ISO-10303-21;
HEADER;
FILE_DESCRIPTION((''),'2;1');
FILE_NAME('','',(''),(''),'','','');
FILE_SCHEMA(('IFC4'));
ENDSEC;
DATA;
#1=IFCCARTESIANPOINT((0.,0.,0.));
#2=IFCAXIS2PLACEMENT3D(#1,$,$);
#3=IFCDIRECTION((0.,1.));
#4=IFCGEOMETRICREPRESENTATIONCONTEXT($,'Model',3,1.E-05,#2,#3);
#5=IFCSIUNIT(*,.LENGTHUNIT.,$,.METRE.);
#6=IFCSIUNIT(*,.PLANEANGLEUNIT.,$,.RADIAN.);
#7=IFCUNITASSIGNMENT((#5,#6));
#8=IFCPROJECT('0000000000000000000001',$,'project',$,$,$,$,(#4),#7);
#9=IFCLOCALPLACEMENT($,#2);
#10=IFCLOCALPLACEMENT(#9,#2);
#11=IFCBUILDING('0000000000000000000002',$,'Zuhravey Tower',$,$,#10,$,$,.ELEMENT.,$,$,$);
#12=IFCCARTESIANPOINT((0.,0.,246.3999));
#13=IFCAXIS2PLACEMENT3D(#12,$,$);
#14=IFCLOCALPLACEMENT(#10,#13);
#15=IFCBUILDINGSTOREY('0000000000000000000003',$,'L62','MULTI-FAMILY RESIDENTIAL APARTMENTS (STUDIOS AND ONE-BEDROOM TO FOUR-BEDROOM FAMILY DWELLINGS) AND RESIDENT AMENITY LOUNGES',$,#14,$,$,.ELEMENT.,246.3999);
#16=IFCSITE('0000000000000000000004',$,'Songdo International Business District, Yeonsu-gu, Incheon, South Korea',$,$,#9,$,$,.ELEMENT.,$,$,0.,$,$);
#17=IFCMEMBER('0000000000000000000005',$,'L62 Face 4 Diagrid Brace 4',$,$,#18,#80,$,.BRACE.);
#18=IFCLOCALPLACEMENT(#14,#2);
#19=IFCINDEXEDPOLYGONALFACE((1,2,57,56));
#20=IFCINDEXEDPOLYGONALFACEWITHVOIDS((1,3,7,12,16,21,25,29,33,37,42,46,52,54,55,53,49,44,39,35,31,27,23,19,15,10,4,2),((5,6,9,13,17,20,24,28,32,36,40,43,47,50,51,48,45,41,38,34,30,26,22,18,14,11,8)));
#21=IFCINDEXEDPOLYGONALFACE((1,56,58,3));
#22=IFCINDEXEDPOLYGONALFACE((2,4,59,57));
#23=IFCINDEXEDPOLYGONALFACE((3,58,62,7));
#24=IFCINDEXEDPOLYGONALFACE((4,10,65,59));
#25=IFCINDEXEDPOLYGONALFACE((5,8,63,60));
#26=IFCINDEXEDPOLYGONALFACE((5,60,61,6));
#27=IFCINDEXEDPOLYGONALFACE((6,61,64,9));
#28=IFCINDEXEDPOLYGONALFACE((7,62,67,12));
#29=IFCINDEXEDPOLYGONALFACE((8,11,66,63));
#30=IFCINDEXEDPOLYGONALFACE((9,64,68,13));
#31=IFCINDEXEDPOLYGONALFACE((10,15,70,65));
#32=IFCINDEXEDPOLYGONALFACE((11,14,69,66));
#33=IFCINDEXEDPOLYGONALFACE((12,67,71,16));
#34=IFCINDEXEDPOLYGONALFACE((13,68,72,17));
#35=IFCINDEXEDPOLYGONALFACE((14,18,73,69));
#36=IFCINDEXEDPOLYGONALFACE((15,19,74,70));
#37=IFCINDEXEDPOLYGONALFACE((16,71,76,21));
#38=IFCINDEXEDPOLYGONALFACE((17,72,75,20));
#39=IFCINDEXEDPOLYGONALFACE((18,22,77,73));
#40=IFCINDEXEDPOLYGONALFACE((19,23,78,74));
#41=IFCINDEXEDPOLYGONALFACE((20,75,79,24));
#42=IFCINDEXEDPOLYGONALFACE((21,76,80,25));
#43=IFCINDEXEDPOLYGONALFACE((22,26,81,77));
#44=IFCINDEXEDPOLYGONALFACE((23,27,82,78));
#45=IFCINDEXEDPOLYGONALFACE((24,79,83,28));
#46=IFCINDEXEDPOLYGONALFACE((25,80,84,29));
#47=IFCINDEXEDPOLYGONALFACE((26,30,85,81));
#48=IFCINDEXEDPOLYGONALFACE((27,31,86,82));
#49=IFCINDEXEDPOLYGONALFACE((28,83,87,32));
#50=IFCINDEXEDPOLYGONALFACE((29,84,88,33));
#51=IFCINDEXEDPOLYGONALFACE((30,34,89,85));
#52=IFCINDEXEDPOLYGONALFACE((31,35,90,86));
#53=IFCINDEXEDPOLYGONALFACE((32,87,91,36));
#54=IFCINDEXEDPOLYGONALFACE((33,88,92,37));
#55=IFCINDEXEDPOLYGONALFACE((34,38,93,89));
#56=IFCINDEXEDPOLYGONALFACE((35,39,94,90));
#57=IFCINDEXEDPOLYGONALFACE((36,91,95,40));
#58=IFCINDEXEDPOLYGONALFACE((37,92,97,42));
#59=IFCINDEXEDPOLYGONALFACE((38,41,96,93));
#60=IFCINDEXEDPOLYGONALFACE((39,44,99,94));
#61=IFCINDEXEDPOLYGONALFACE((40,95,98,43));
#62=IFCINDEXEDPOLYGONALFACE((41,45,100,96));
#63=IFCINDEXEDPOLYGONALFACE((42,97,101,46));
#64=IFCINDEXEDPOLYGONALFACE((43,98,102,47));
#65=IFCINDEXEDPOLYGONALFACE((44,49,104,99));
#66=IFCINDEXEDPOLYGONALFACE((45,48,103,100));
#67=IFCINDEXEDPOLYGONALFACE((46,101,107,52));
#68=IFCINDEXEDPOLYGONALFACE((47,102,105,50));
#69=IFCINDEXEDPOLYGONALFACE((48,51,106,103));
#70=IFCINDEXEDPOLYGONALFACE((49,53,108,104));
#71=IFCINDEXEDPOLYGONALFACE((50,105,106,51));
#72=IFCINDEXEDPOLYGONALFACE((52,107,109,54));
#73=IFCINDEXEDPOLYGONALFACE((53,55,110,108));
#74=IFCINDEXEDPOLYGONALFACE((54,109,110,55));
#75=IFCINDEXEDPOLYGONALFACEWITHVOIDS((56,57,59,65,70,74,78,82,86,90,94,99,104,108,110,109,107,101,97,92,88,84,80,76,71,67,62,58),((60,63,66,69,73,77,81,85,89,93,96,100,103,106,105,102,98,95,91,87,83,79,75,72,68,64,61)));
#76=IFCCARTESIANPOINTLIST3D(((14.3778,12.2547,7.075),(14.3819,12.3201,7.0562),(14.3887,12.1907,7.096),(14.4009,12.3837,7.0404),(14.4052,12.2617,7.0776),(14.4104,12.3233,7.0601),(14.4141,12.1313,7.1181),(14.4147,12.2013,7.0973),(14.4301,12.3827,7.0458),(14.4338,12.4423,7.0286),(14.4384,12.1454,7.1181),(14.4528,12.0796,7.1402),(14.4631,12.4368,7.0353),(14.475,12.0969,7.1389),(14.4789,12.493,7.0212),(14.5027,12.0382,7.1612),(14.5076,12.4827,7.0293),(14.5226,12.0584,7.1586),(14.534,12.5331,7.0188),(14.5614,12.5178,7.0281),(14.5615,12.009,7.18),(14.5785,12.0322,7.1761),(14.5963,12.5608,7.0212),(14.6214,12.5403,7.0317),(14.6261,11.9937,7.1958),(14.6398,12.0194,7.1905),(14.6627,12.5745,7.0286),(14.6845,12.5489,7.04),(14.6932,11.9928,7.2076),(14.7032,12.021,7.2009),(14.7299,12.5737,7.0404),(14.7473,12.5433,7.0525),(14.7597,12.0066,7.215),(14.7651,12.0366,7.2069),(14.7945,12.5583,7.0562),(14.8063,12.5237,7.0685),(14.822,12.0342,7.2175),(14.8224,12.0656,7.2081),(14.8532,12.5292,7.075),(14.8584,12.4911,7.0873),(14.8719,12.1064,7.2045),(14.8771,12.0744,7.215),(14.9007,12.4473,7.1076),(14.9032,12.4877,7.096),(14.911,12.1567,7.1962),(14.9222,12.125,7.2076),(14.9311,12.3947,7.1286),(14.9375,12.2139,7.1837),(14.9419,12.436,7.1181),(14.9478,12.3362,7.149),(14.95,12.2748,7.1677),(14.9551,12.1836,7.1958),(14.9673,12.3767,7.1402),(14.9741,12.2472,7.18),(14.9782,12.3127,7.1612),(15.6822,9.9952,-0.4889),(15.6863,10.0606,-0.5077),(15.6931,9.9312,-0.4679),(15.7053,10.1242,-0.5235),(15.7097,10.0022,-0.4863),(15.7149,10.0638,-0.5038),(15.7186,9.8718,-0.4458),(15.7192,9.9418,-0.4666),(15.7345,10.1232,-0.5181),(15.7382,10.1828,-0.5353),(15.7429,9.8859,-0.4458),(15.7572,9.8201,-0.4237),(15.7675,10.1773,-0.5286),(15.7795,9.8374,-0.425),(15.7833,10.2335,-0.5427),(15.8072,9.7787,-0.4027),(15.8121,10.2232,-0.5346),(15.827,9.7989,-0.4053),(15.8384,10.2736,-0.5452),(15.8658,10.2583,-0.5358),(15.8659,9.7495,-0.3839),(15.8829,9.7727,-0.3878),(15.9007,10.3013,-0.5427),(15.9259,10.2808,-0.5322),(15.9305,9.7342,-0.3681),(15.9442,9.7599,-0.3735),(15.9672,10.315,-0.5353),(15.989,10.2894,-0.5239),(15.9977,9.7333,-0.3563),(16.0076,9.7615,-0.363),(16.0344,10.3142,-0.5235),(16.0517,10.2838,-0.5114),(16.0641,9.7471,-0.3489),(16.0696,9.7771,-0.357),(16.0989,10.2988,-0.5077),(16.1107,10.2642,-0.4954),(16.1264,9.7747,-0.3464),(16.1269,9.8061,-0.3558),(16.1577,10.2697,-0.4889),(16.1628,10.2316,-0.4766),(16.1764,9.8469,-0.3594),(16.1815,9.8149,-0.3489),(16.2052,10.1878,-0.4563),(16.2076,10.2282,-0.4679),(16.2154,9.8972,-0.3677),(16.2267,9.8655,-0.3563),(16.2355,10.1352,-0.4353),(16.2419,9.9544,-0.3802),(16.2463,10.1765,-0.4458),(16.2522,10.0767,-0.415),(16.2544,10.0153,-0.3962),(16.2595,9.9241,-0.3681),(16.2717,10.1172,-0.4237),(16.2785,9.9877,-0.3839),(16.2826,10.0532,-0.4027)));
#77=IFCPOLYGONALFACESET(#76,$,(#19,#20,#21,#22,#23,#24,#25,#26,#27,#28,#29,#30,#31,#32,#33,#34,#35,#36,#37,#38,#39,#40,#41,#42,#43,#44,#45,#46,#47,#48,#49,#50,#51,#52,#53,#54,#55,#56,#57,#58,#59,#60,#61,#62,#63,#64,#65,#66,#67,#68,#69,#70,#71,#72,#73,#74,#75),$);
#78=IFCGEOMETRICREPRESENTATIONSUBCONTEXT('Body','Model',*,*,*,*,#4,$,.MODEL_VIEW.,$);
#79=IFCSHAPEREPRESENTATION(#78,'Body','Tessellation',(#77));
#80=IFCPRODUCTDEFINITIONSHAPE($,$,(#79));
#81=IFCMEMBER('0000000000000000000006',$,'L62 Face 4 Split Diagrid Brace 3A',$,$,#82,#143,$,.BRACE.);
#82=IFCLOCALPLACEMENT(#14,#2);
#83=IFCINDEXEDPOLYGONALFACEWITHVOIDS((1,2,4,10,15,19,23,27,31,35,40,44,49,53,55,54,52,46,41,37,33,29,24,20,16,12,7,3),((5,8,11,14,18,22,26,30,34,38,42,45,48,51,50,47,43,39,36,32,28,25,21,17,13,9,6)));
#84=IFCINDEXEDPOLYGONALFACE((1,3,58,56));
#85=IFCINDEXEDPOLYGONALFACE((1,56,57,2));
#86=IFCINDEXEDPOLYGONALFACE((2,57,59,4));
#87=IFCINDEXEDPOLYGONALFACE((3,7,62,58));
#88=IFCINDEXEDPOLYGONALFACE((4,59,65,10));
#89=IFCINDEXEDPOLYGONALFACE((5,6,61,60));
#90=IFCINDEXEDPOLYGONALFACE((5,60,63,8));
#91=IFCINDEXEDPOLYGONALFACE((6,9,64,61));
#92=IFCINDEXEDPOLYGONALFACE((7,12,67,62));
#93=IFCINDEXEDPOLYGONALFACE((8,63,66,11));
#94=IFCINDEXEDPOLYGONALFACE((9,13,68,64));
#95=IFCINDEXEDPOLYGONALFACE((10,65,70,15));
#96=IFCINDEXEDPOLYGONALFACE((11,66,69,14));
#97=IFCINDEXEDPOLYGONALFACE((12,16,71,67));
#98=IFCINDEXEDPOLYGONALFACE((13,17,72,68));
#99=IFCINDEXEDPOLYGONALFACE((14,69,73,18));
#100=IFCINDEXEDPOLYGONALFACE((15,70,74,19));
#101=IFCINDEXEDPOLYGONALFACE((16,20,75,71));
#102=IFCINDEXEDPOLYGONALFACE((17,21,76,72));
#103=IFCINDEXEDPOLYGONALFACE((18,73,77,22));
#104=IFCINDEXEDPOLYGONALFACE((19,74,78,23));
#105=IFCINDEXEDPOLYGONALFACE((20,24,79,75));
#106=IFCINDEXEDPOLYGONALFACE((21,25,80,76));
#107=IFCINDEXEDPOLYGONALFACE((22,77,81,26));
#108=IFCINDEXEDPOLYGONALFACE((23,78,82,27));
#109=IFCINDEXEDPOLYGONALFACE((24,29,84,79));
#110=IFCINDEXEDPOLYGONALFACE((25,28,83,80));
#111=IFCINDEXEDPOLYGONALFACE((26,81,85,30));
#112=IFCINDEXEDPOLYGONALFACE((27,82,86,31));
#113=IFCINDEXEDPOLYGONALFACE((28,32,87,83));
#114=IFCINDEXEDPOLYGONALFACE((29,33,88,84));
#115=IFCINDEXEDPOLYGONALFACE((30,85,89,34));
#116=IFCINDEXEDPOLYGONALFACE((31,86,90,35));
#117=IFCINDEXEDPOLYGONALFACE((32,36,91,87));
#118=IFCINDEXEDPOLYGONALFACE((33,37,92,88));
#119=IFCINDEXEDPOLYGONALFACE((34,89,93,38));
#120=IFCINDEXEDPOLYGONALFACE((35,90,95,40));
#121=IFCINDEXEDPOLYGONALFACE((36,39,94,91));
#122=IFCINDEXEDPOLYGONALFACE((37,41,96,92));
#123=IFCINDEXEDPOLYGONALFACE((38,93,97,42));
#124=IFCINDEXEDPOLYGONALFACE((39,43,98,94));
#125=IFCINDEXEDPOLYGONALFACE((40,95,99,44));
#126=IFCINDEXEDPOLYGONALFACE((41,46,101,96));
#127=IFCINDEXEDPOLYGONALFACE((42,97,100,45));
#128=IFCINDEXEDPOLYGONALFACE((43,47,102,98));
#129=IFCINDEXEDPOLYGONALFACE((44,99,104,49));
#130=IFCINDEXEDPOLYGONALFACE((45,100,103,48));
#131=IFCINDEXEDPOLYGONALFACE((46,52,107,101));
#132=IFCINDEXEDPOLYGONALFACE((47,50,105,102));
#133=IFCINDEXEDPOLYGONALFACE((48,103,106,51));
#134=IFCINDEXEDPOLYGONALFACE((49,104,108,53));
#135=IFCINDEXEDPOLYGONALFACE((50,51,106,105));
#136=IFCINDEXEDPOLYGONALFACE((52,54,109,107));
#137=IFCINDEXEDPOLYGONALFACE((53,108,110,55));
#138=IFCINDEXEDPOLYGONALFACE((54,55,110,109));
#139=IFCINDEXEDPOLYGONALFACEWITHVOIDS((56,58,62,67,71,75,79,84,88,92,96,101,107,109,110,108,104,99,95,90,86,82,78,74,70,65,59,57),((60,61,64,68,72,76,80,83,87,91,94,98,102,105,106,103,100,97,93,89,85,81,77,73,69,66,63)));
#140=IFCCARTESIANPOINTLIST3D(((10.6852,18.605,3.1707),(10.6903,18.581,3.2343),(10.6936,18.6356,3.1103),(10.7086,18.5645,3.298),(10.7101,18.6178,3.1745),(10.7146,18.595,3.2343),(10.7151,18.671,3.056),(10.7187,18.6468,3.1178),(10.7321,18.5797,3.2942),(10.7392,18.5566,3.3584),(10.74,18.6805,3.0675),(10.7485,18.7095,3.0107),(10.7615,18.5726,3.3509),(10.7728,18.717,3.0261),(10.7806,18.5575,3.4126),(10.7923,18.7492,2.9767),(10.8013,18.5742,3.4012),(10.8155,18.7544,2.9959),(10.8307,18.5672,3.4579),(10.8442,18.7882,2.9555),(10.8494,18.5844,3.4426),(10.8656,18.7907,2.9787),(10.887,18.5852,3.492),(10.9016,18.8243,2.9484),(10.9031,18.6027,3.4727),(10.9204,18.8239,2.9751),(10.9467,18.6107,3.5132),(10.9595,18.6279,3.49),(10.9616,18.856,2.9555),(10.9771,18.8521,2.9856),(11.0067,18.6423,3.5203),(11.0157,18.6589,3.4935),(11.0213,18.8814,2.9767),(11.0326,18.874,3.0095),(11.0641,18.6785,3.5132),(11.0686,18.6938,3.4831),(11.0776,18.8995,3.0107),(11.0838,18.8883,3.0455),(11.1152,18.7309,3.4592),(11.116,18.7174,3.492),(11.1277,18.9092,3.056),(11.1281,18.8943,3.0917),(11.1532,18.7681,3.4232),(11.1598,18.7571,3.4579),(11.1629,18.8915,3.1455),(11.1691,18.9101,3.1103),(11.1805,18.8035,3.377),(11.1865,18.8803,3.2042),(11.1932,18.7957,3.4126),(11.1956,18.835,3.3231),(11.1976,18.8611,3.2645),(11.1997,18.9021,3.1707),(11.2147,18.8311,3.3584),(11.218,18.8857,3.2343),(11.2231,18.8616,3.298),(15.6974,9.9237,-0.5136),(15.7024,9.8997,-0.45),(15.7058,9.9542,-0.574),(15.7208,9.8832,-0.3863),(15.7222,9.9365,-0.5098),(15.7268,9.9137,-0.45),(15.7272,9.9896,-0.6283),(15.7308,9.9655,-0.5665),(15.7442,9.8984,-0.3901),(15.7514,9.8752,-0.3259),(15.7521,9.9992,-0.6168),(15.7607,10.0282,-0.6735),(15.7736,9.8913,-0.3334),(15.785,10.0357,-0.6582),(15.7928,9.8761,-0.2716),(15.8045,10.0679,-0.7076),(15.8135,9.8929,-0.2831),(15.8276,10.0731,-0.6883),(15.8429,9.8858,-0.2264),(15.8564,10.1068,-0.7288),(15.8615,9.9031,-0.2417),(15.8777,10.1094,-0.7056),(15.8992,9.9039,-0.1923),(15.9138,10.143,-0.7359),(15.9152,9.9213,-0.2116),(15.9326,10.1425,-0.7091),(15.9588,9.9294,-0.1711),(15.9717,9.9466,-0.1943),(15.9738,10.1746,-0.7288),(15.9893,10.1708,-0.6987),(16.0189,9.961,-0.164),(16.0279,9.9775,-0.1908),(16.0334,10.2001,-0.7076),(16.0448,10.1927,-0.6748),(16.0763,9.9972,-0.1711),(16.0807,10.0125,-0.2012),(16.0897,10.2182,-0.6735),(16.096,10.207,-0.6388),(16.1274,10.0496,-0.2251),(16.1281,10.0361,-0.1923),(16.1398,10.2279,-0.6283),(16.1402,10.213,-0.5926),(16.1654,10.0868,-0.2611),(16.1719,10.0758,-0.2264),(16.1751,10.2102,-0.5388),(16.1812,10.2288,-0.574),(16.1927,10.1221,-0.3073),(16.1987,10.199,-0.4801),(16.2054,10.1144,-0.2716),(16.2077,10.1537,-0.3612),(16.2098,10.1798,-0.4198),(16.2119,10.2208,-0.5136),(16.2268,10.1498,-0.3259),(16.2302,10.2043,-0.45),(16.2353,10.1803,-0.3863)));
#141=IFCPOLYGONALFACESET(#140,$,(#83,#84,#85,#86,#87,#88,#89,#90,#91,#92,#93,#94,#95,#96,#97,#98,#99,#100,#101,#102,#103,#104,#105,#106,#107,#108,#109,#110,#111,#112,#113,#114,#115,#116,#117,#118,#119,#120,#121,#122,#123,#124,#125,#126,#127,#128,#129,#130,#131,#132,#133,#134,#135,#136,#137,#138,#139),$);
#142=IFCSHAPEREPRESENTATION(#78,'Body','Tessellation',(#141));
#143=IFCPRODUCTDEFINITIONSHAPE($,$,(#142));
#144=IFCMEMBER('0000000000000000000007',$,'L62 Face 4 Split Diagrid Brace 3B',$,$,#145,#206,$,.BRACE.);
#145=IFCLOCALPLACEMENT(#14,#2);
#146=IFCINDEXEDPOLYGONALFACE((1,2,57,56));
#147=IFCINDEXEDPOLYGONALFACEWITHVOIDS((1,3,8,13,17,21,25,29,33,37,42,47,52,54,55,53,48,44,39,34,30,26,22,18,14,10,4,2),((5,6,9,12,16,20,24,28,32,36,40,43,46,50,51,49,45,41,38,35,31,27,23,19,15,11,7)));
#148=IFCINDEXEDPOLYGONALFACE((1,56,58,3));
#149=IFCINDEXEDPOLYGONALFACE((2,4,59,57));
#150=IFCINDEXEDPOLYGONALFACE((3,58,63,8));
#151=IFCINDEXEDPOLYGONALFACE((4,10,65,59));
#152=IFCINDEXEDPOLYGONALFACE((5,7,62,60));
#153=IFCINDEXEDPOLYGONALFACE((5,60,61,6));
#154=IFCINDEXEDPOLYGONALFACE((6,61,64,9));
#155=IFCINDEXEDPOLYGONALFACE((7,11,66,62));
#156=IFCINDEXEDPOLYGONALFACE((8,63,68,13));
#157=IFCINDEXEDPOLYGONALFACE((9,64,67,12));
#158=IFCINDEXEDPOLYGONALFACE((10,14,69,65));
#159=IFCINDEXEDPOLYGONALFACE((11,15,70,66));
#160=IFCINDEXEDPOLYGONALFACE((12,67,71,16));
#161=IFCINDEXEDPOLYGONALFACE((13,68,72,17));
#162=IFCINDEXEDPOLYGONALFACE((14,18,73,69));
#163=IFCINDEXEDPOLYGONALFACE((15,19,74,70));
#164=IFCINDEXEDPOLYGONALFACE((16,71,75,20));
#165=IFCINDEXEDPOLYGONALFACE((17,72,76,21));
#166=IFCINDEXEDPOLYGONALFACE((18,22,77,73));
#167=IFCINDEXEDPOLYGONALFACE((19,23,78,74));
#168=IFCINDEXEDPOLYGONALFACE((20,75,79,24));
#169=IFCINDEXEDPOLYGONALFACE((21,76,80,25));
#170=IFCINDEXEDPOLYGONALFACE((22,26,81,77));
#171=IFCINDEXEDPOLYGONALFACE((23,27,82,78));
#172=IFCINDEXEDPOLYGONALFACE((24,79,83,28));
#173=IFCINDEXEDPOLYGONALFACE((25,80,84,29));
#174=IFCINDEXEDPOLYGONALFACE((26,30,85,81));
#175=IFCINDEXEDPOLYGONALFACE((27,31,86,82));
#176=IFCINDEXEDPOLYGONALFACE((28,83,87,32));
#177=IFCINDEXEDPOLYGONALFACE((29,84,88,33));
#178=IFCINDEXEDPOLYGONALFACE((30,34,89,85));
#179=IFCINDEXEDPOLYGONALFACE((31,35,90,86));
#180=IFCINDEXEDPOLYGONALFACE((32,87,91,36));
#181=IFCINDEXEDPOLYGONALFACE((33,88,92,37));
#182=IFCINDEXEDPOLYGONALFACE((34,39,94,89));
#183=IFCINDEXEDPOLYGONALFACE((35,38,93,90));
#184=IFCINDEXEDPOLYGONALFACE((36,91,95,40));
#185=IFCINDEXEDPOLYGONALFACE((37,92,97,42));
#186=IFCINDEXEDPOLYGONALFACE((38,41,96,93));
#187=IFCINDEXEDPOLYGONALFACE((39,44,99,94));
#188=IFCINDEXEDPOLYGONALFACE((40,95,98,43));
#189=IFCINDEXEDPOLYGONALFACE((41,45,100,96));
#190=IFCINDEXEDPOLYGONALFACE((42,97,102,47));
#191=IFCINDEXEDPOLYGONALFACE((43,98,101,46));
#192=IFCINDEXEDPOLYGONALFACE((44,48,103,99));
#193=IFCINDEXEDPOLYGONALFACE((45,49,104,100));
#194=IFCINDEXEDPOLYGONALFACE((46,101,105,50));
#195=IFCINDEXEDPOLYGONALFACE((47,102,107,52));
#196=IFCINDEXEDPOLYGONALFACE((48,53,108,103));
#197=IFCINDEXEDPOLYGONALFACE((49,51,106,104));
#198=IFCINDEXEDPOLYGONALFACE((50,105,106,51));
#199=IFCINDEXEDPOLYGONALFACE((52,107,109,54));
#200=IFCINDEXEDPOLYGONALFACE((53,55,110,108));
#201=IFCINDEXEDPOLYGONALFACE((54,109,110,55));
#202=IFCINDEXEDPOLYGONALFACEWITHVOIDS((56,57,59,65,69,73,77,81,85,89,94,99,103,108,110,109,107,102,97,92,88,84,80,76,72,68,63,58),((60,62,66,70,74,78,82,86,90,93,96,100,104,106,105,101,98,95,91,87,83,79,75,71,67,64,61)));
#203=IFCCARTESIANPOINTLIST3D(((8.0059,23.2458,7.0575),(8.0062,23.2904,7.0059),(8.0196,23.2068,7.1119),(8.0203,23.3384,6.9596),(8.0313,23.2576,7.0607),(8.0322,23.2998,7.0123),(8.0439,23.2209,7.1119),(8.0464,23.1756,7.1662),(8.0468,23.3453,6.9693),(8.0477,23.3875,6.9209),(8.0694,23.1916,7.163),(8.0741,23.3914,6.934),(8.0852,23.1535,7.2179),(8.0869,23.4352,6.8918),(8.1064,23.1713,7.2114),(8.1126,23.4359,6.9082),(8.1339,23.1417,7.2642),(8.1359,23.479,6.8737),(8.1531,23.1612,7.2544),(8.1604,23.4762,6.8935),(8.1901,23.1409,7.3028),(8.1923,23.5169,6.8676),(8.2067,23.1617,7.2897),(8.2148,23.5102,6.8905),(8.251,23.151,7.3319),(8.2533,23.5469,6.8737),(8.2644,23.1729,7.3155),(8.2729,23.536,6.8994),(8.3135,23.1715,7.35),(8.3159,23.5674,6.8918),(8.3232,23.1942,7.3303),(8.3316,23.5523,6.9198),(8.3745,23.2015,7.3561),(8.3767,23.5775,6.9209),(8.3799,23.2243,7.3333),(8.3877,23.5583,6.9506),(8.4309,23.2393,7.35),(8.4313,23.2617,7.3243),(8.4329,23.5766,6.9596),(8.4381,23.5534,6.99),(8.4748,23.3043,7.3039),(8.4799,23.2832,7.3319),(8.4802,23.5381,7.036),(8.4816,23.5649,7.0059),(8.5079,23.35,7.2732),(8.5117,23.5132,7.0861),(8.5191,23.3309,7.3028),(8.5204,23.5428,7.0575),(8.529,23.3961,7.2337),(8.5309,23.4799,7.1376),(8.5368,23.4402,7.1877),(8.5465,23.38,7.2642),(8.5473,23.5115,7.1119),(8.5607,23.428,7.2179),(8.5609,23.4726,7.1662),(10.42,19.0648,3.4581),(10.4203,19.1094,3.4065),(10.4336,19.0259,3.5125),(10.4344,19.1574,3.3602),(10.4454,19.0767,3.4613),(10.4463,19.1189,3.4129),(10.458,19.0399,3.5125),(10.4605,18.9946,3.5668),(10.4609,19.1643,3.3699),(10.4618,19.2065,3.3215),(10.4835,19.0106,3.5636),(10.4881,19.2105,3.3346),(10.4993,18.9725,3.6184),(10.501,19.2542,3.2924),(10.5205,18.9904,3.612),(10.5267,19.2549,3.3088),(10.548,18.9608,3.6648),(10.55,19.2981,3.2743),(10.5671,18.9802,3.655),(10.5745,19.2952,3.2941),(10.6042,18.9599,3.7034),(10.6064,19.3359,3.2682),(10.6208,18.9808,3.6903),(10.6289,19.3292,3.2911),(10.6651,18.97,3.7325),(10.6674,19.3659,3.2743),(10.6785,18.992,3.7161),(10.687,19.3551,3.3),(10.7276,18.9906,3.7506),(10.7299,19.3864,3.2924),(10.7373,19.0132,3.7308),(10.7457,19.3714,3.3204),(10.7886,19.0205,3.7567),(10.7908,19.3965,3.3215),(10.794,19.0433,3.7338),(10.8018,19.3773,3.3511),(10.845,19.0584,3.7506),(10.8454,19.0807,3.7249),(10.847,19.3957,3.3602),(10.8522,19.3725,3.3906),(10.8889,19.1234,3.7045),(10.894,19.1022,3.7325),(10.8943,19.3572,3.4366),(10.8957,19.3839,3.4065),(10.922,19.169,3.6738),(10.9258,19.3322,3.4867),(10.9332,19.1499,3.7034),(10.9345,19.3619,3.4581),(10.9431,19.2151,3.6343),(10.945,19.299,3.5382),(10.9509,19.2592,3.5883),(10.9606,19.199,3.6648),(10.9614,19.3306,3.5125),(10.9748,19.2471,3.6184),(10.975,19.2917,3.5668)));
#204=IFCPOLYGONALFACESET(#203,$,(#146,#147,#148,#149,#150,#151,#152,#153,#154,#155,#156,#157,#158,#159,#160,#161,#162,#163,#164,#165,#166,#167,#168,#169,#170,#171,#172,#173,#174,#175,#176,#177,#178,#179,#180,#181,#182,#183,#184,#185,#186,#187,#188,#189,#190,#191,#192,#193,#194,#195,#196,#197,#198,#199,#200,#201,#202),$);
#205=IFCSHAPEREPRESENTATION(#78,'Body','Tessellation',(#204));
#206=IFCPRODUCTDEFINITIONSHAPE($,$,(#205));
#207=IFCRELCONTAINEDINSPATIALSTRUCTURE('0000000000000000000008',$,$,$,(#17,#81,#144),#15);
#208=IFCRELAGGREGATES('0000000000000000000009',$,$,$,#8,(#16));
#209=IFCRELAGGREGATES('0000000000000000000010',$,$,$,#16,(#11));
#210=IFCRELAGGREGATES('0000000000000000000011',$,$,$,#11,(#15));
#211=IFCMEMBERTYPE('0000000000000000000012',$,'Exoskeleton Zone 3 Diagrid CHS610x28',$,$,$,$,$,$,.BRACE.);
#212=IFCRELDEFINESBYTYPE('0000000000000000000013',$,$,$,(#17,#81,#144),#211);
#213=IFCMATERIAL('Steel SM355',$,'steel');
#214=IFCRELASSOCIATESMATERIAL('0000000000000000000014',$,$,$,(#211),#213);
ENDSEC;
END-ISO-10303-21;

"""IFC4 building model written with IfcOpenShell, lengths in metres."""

from ifc_helpers import new_model, si_unit, direction, frame, origin, origin_2d, place, context, subcontext, project, spatial, hollow_circle, extrude, material, material_profile, profile_set, type_object, element, save


model = new_model("IFC4")

# Units and contexts
model_context = context("Model", 3, precision=1e-05, world=origin(), true_north=direction((0.0, 1.0)))
body_context = subcontext(model_context, "Body", "Model", "MODEL_VIEW")
ifc_project = project(units=[si_unit("LENGTHUNIT", "METRE"), si_unit("PLANEANGLEUNIT", "RADIAN")], contexts=[model_context])

# Site, building, storey
site_placement = place(None, origin())
site = spatial("IfcSite", under=ifc_project, at=site_placement, Name="Songdo International Business District, Yeonsu-gu, Incheon, South Korea", CompositionType="ELEMENT", RefElevation=0.0)
building_placement = place(site_placement, origin())
building = spatial("IfcBuilding", under=site, at=building_placement, Name="Zuhravey Tower", CompositionType="ELEMENT")
storey_placement = place(building_placement, frame((0.0, 0.0, 246.3999)))
storey = spatial("IfcBuildingStorey", under=building, at=storey_placement, Name="L62", Description="MULTI-FAMILY RESIDENTIAL APARTMENTS (STUDIOS AND ONE-BEDROOM TO FOUR-BEDROOM FAMILY DWELLINGS) AND RESIDENT AMENITY LOUNGES", CompositionType="ELEMENT", Elevation=246.3999)

# Members
ifc_material_1 = material(Name="Steel SM355", Category="steel")
ifc_material_profile_1 = material_profile(ifc_material_1, hollow_circle(Radius=0.3047, WallThickness=0.0281, at=origin_2d()), Name="CHS-609.6x28")
ifc_profile_set_1 = profile_set([ifc_material_profile_1], Name="Steel SM355")
member_type_1 = type_object("IfcMemberType", Name="Exoskeleton Zone 3 Diagrid CHS610x28", PredefinedType="BRACE", material=ifc_profile_set_1)
member_1_placement = place(storey_placement, frame((15.9824, 10.0242, -0.4458), z_axis=(-0.163029, 0.282395, 0.945344), x_axis=(-0.866041, -0.499974, 0.0)))
element("IfcMember", 1, at=member_1_placement, inside=storey, type_object=member_type_1, Name="L62 Face 4 Diagrid Brace 4", PredefinedType="BRACE", context=body_context, shape_type="SweptSolid", body=[
    extrude(hollow_circle(Radius=0.3047, WallThickness=0.0281, at=origin_2d()), origin(), (0.0, 0.0, 1.0), 8.0012),
])
member_2_placement = place(storey_placement, frame((15.9663, 10.052, -0.45), z_axis=(-0.469306, 0.812862, 0.344973), x_axis=(-0.866025, -0.5, 0.0)))
element("IfcMember", 2, at=member_2_placement, inside=storey, type_object=member_type_1, Name="L62 Face 4 Split Diagrid Brace 3A", PredefinedType="BRACE", context=body_context, shape_type="SweptSolid", body=[
    extrude(hollow_circle(Radius=0.3047, WallThickness=0.0281, at=origin_2d()), origin(), (0.0, 0.0, 1.0), 10.6799),
])
member_3_placement = place(storey_placement, frame((10.6975, 19.1782, 3.5125), z_axis=(-0.400881, 0.694285, 0.597714), x_axis=(-0.866006, -0.500033, 0.0)))
element("IfcMember", 3, at=member_3_placement, inside=storey, type_object=member_type_1, Name="L62 Face 4 Split Diagrid Brace 3B", PredefinedType="BRACE", context=body_context, shape_type="SweptSolid", body=[
    extrude(hollow_circle(Radius=0.3047, WallThickness=0.0281, at=origin_2d()), origin(), (0.0, 0.0, 1.0), 6.022),
])

save(model, "model.ifc")
